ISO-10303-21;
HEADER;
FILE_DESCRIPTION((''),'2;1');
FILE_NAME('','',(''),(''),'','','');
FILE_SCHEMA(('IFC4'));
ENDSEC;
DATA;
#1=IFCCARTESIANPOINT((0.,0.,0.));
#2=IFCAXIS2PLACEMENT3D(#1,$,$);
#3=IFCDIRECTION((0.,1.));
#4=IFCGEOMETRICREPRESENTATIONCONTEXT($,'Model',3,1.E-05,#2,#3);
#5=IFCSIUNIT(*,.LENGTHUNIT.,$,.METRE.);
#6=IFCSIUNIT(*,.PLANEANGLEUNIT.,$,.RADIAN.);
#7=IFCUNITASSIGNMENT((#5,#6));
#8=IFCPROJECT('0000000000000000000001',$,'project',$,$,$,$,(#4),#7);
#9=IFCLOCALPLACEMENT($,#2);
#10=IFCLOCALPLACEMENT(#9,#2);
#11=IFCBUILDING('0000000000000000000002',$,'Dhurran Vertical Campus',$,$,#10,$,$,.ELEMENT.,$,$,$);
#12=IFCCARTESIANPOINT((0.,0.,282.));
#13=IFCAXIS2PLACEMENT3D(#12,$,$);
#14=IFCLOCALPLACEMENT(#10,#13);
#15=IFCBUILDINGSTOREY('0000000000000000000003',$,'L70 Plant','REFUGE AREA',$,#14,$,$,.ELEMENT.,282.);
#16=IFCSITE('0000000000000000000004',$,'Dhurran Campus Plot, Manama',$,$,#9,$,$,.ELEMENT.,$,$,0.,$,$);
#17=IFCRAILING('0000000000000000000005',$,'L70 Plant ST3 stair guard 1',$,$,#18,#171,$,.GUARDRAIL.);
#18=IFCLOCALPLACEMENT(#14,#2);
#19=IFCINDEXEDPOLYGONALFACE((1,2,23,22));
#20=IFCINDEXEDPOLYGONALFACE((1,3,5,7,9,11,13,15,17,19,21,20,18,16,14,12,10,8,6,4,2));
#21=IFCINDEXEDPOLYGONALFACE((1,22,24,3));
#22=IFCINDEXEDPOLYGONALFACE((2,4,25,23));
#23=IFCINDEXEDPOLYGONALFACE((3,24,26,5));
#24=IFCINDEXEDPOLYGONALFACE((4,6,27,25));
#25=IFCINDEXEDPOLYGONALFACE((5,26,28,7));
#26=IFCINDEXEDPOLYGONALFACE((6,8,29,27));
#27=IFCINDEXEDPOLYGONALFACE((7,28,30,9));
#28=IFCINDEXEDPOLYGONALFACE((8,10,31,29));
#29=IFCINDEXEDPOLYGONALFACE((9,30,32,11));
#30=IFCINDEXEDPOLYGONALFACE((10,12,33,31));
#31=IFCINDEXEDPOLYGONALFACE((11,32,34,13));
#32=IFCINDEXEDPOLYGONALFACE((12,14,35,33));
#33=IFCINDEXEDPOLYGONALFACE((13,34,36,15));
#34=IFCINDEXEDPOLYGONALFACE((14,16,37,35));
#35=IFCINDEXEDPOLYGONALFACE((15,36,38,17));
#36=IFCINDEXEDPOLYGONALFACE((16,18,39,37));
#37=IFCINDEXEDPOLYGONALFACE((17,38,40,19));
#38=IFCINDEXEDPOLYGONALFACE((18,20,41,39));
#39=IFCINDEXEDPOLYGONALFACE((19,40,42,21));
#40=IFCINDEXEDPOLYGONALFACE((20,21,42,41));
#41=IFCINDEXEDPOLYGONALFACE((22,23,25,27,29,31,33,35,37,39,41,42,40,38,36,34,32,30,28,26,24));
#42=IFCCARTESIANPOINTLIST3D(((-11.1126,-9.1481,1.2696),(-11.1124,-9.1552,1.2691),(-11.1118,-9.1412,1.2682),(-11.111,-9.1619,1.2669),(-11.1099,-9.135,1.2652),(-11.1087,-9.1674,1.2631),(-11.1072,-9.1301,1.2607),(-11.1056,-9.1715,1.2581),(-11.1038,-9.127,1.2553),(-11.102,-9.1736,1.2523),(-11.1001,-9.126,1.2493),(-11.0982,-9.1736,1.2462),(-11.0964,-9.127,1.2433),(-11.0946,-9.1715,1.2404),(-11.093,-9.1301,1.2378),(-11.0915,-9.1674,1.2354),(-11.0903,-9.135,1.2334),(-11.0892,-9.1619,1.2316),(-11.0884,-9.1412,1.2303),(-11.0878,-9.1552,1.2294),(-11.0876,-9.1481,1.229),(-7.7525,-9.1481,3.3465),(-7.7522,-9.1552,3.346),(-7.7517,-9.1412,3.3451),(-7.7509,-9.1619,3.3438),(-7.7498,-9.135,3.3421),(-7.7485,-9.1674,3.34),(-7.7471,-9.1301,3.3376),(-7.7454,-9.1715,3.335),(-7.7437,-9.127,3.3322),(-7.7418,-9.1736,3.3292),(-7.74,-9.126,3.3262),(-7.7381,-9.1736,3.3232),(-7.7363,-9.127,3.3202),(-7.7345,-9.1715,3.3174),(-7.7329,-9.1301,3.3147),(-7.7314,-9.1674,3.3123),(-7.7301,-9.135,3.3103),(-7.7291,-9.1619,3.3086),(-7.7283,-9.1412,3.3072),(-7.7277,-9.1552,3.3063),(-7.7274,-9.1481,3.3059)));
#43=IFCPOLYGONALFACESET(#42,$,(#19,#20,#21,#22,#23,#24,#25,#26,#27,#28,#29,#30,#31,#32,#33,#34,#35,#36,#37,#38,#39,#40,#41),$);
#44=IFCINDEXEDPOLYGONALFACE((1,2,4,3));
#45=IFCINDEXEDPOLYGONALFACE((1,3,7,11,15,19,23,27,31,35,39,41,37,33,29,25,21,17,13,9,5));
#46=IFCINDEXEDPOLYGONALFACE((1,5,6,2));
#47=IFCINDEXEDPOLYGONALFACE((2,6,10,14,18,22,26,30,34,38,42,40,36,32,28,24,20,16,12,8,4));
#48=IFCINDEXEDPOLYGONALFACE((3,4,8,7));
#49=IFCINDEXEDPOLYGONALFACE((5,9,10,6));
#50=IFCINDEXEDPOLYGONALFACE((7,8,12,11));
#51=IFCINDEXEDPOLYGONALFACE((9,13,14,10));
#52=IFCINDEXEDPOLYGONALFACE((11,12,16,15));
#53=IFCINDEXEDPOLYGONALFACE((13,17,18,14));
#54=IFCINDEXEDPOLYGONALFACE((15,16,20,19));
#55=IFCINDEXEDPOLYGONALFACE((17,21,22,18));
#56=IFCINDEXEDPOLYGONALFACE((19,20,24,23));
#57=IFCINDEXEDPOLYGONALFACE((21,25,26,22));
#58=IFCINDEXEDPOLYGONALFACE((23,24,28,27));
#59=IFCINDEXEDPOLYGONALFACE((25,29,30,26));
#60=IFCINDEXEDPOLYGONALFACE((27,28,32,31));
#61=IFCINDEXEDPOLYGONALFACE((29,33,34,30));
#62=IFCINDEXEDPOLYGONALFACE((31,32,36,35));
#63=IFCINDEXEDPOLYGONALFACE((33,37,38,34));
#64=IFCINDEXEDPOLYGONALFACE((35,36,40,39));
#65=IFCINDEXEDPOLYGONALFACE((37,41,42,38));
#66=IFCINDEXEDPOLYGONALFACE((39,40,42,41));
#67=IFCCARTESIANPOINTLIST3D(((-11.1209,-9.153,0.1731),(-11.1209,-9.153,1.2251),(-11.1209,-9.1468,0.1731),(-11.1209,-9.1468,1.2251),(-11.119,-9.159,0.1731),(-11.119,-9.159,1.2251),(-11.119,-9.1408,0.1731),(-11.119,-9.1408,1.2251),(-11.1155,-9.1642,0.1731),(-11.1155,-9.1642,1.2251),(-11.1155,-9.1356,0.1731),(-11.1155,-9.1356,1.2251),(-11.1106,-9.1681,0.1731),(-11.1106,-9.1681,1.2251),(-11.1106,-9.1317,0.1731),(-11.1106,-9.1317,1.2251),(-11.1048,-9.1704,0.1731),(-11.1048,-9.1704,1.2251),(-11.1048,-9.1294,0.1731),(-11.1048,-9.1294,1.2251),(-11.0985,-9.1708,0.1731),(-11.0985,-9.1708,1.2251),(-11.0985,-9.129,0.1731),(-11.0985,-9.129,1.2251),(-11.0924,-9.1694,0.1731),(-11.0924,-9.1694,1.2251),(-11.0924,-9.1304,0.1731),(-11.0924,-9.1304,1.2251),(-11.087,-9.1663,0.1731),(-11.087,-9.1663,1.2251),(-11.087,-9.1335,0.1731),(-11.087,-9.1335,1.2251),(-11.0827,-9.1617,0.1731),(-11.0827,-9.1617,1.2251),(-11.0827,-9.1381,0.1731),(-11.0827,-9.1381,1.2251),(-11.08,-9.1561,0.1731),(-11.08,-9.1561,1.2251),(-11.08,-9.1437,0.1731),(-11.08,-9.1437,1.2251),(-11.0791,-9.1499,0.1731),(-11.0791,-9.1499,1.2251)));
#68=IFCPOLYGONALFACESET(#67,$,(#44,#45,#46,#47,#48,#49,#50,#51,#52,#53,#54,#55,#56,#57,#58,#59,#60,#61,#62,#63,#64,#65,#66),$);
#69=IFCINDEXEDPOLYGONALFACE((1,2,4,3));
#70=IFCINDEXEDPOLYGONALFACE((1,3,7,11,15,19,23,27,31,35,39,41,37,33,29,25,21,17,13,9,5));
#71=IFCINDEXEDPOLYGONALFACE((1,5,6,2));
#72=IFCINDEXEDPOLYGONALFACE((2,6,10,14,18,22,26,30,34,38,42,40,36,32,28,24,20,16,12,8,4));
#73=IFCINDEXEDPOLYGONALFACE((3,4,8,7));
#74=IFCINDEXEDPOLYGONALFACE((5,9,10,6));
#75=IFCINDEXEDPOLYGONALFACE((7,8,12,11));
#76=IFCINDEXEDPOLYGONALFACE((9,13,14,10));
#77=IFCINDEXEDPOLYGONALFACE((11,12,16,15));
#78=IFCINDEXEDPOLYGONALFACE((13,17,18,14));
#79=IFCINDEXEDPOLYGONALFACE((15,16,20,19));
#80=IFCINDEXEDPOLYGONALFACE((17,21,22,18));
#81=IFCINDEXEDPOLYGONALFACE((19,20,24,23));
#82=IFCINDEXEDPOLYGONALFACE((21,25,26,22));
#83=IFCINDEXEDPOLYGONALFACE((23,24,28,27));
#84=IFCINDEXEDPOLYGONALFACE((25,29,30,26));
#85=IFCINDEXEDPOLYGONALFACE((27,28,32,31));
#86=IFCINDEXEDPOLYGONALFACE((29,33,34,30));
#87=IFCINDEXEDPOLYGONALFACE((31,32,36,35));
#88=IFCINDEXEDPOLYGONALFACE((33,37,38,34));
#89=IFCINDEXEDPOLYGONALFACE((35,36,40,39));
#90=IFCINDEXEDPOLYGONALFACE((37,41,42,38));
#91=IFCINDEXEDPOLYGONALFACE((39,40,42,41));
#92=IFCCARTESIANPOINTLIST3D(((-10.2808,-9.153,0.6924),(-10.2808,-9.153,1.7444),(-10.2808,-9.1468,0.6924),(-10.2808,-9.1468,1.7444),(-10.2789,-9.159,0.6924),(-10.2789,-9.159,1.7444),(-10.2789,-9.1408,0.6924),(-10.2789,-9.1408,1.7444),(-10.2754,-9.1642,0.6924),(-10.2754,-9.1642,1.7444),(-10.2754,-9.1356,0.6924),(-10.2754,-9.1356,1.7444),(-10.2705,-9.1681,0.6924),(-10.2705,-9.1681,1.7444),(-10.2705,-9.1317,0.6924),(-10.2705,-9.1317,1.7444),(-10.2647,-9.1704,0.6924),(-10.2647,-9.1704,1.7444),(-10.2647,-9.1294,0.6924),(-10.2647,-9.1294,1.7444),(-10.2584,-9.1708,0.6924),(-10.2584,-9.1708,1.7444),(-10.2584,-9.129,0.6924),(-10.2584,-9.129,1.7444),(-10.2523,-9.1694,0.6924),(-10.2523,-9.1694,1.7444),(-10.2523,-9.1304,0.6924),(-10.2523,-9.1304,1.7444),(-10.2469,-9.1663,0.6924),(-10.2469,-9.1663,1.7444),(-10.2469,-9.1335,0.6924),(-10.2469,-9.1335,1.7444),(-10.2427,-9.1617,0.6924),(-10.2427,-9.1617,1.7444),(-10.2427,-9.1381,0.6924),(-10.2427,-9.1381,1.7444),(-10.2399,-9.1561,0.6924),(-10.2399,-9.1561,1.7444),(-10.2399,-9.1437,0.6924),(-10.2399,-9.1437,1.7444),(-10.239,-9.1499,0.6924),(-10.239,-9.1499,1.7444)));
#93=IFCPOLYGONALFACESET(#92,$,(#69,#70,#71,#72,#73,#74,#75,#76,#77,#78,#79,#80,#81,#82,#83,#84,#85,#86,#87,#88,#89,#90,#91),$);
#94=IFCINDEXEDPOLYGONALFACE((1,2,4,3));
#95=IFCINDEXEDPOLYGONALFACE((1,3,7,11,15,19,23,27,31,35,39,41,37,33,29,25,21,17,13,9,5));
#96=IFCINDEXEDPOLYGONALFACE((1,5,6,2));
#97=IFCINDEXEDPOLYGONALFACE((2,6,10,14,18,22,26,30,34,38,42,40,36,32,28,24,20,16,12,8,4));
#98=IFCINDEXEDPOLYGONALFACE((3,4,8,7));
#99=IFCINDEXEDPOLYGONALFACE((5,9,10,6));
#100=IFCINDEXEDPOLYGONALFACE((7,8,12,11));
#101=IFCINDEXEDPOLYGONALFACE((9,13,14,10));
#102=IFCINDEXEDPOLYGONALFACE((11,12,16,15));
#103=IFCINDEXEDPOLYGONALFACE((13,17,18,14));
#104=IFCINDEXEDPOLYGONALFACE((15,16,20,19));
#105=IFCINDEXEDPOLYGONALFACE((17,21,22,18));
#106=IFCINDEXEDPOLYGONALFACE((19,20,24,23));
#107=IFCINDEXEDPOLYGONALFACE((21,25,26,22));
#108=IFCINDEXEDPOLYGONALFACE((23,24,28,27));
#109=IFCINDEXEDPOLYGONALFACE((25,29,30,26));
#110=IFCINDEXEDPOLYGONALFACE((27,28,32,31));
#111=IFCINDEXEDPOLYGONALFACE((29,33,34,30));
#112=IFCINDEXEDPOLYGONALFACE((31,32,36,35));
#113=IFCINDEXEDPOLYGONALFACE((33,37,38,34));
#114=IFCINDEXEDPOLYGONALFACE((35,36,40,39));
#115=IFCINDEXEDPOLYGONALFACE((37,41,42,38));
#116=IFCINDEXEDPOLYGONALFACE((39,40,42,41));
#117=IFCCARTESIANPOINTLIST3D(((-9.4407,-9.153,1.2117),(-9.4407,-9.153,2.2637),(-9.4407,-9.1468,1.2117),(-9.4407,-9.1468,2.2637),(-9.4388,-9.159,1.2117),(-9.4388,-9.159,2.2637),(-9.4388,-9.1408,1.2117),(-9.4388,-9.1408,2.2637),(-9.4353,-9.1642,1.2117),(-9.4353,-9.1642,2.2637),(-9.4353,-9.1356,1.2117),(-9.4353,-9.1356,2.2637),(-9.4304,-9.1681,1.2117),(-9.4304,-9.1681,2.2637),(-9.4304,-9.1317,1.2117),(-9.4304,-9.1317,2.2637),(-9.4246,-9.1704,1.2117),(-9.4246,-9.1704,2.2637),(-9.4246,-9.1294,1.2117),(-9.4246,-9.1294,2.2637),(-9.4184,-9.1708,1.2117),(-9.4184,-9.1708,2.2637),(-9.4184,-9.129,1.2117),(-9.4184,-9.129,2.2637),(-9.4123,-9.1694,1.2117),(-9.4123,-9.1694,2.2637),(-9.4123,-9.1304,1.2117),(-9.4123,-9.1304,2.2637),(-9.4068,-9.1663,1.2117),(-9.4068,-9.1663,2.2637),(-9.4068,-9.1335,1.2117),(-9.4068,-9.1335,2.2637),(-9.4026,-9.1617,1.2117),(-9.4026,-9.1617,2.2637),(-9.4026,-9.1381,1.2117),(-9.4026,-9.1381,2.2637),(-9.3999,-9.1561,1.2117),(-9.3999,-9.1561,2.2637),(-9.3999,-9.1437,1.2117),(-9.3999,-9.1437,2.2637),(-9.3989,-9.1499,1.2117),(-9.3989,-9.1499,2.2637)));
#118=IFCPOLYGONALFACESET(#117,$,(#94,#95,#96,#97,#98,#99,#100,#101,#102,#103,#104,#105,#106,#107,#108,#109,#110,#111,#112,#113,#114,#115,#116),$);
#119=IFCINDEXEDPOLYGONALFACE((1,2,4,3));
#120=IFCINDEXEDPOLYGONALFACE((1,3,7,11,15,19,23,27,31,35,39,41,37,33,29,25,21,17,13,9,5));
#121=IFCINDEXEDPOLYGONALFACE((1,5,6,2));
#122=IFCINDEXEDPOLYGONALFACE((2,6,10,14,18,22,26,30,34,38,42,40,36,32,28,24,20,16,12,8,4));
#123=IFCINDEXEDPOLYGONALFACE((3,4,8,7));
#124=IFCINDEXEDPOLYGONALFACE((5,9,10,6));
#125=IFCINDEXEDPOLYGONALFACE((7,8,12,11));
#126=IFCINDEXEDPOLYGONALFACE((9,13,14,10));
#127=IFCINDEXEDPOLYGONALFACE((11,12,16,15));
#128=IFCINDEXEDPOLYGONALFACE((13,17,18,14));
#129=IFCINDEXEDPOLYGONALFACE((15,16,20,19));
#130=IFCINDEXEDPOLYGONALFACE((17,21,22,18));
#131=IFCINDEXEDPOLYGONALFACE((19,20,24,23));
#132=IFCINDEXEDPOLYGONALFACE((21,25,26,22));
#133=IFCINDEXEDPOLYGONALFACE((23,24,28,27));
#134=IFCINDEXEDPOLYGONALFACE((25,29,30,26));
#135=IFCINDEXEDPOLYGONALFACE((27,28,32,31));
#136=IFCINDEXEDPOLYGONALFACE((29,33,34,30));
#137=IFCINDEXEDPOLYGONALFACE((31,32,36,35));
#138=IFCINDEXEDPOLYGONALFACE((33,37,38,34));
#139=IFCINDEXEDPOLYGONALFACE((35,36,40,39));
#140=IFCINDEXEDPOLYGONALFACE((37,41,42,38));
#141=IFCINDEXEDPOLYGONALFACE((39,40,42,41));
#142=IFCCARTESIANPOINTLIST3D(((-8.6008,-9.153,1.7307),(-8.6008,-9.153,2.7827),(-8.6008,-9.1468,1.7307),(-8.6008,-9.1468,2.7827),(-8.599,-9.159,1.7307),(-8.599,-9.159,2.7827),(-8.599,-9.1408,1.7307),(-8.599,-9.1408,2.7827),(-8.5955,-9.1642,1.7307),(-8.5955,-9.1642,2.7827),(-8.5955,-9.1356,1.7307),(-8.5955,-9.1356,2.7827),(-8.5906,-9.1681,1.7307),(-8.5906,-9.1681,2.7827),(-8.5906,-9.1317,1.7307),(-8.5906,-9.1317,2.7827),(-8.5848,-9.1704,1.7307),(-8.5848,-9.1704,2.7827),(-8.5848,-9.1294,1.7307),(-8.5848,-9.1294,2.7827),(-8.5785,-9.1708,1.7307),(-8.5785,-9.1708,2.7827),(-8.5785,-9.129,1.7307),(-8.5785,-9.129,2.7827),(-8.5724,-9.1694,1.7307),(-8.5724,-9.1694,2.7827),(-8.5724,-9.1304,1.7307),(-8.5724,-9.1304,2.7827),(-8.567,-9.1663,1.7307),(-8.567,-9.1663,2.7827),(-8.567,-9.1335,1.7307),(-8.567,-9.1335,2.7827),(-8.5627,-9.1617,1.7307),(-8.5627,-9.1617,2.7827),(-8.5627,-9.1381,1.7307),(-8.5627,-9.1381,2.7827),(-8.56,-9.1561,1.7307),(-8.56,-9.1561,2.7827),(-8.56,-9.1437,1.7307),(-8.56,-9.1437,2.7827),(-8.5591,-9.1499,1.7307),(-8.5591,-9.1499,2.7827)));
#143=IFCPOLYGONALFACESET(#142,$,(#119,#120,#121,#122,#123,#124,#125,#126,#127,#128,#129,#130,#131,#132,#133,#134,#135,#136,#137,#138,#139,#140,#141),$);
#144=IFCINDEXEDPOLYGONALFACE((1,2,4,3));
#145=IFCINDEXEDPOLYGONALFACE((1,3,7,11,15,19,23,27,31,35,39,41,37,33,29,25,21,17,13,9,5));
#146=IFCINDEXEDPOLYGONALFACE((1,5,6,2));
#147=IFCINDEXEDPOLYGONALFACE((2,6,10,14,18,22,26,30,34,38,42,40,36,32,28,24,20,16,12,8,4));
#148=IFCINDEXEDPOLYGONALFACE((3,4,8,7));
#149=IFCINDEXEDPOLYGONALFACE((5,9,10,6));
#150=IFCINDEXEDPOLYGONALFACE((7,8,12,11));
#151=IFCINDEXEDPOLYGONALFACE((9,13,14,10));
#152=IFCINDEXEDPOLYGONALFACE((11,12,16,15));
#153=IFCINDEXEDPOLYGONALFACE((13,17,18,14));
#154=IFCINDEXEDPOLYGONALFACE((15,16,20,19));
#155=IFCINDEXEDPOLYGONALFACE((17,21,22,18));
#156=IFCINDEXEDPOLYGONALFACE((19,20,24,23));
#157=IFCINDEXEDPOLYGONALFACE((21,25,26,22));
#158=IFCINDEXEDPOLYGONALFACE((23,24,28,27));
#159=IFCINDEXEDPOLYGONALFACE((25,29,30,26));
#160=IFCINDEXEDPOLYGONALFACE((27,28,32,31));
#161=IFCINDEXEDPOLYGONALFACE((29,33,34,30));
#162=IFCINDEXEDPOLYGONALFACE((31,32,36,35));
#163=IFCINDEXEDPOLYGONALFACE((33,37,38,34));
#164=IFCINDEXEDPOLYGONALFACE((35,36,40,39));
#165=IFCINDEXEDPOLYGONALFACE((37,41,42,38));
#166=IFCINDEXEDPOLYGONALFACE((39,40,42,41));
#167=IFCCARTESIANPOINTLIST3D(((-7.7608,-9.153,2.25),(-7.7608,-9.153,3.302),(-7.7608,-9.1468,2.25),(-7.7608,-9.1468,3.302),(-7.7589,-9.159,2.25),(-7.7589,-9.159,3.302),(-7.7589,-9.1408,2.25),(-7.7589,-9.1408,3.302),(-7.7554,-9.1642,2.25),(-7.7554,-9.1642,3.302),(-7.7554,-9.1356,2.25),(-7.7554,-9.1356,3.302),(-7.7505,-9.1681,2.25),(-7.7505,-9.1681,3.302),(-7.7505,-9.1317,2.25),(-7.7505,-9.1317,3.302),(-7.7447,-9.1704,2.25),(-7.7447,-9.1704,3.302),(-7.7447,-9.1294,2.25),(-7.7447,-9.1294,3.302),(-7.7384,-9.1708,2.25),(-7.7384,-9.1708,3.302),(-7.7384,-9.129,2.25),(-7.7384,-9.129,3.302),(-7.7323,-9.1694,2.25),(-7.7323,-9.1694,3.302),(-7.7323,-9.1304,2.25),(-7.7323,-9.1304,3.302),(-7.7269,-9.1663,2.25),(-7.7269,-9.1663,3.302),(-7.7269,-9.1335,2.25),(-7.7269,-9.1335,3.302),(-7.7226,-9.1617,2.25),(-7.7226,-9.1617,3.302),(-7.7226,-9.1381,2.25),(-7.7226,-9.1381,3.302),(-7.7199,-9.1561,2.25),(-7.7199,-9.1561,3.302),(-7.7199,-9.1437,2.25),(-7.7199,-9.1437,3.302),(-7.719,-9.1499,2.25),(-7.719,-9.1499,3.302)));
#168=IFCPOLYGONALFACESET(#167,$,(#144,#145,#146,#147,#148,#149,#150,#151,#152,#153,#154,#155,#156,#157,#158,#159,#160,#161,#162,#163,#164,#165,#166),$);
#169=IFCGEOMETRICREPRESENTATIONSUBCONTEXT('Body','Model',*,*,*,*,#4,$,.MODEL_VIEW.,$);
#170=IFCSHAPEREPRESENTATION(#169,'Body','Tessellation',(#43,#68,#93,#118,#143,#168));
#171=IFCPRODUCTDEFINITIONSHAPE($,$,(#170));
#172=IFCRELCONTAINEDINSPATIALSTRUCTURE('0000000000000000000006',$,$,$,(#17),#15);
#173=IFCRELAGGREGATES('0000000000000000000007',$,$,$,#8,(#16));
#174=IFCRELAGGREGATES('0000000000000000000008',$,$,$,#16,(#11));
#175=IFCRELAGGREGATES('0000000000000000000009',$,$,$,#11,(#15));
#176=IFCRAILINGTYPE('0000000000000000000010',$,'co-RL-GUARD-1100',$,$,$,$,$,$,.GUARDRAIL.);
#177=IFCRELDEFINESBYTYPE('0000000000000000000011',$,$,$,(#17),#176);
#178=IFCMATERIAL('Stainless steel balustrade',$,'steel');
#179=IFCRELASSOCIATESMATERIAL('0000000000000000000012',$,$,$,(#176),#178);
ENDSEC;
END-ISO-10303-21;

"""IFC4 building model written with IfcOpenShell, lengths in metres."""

from ifc_helpers import new_model, si_unit, direction, frame, origin, origin_2d, place, context, subcontext, project, spatial, circle, extrude, material, type_object, element, save


model = new_model("IFC4")

# Units and contexts
model_context = context("Model", 3, precision=1e-05, world=origin(), true_north=direction((0.0, 1.0)))
body_context = subcontext(model_context, "Body", "Model", "MODEL_VIEW")
ifc_project = project(units=[si_unit("LENGTHUNIT", "METRE"), si_unit("PLANEANGLEUNIT", "RADIAN")], contexts=[model_context])

# Site, building, storey
site_placement = place(None, origin())
site = spatial("IfcSite", under=ifc_project, at=site_placement, Name="Dhurran Campus Plot, Manama", CompositionType="ELEMENT", RefElevation=0.0)
building_placement = place(site_placement, origin())
building = spatial("IfcBuilding", under=site, at=building_placement, Name="Dhurran Vertical Campus", CompositionType="ELEMENT")
storey_placement = place(building_placement, frame((0.0, 0.0, 282.0)))
storey = spatial("IfcBuildingStorey", under=building, at=storey_placement, Name="L70 Plant", Description="REFUGE AREA", CompositionType="ELEMENT", Elevation=282.0)

# Railing
ifc_material_1 = material(Name="Stainless steel balustrade", Category="steel")
railing_type_1 = type_object("IfcRailingType", Name="co-RL-GUARD-1100", PredefinedType="GUARDRAIL", material=ifc_material_1)
railing_1_placement = place(storey_placement, frame((-11.1001, -9.1499, 0.1731)))
element("IfcRailing", 1, at=railing_1_placement, inside=storey, type_object=railing_type_1, Name="L70 Plant ST3 stair guard 1", PredefinedType="GUARDRAIL", context=body_context, shape_type="SweptSolid", body=[
    extrude(circle(Radius=0.0239, at=origin_2d()), frame((0.0, 0.0, 1.0762), z_axis=(0.850623, 0.0, 0.525776), x_axis=(0.0, 1.0, 0.0)), (0.0, 0.0, 1.0), 3.9502),
    extrude(circle(Radius=0.021, at=origin_2d()), origin(), (0.0, 0.0, 1.0), 1.052),
    extrude(circle(Radius=0.021, at=origin_2d()), frame((0.8401, 0.0, 0.5193)), (0.0, 0.0, 1.0), 1.052),
    extrude(circle(Radius=0.021, at=origin_2d()), frame((1.6802, 0.0, 1.0386)), (0.0, 0.0, 1.0), 1.052),
    extrude(circle(Radius=0.021, at=origin_2d()), frame((2.52, 0.0, 1.5576)), (0.0, 0.0, 1.0), 1.052),
    extrude(circle(Radius=0.021, at=origin_2d()), frame((3.3601, 0.0, 2.0769)), (0.0, 0.0, 1.0), 1.052),
])

save(model, "model.ifc")
